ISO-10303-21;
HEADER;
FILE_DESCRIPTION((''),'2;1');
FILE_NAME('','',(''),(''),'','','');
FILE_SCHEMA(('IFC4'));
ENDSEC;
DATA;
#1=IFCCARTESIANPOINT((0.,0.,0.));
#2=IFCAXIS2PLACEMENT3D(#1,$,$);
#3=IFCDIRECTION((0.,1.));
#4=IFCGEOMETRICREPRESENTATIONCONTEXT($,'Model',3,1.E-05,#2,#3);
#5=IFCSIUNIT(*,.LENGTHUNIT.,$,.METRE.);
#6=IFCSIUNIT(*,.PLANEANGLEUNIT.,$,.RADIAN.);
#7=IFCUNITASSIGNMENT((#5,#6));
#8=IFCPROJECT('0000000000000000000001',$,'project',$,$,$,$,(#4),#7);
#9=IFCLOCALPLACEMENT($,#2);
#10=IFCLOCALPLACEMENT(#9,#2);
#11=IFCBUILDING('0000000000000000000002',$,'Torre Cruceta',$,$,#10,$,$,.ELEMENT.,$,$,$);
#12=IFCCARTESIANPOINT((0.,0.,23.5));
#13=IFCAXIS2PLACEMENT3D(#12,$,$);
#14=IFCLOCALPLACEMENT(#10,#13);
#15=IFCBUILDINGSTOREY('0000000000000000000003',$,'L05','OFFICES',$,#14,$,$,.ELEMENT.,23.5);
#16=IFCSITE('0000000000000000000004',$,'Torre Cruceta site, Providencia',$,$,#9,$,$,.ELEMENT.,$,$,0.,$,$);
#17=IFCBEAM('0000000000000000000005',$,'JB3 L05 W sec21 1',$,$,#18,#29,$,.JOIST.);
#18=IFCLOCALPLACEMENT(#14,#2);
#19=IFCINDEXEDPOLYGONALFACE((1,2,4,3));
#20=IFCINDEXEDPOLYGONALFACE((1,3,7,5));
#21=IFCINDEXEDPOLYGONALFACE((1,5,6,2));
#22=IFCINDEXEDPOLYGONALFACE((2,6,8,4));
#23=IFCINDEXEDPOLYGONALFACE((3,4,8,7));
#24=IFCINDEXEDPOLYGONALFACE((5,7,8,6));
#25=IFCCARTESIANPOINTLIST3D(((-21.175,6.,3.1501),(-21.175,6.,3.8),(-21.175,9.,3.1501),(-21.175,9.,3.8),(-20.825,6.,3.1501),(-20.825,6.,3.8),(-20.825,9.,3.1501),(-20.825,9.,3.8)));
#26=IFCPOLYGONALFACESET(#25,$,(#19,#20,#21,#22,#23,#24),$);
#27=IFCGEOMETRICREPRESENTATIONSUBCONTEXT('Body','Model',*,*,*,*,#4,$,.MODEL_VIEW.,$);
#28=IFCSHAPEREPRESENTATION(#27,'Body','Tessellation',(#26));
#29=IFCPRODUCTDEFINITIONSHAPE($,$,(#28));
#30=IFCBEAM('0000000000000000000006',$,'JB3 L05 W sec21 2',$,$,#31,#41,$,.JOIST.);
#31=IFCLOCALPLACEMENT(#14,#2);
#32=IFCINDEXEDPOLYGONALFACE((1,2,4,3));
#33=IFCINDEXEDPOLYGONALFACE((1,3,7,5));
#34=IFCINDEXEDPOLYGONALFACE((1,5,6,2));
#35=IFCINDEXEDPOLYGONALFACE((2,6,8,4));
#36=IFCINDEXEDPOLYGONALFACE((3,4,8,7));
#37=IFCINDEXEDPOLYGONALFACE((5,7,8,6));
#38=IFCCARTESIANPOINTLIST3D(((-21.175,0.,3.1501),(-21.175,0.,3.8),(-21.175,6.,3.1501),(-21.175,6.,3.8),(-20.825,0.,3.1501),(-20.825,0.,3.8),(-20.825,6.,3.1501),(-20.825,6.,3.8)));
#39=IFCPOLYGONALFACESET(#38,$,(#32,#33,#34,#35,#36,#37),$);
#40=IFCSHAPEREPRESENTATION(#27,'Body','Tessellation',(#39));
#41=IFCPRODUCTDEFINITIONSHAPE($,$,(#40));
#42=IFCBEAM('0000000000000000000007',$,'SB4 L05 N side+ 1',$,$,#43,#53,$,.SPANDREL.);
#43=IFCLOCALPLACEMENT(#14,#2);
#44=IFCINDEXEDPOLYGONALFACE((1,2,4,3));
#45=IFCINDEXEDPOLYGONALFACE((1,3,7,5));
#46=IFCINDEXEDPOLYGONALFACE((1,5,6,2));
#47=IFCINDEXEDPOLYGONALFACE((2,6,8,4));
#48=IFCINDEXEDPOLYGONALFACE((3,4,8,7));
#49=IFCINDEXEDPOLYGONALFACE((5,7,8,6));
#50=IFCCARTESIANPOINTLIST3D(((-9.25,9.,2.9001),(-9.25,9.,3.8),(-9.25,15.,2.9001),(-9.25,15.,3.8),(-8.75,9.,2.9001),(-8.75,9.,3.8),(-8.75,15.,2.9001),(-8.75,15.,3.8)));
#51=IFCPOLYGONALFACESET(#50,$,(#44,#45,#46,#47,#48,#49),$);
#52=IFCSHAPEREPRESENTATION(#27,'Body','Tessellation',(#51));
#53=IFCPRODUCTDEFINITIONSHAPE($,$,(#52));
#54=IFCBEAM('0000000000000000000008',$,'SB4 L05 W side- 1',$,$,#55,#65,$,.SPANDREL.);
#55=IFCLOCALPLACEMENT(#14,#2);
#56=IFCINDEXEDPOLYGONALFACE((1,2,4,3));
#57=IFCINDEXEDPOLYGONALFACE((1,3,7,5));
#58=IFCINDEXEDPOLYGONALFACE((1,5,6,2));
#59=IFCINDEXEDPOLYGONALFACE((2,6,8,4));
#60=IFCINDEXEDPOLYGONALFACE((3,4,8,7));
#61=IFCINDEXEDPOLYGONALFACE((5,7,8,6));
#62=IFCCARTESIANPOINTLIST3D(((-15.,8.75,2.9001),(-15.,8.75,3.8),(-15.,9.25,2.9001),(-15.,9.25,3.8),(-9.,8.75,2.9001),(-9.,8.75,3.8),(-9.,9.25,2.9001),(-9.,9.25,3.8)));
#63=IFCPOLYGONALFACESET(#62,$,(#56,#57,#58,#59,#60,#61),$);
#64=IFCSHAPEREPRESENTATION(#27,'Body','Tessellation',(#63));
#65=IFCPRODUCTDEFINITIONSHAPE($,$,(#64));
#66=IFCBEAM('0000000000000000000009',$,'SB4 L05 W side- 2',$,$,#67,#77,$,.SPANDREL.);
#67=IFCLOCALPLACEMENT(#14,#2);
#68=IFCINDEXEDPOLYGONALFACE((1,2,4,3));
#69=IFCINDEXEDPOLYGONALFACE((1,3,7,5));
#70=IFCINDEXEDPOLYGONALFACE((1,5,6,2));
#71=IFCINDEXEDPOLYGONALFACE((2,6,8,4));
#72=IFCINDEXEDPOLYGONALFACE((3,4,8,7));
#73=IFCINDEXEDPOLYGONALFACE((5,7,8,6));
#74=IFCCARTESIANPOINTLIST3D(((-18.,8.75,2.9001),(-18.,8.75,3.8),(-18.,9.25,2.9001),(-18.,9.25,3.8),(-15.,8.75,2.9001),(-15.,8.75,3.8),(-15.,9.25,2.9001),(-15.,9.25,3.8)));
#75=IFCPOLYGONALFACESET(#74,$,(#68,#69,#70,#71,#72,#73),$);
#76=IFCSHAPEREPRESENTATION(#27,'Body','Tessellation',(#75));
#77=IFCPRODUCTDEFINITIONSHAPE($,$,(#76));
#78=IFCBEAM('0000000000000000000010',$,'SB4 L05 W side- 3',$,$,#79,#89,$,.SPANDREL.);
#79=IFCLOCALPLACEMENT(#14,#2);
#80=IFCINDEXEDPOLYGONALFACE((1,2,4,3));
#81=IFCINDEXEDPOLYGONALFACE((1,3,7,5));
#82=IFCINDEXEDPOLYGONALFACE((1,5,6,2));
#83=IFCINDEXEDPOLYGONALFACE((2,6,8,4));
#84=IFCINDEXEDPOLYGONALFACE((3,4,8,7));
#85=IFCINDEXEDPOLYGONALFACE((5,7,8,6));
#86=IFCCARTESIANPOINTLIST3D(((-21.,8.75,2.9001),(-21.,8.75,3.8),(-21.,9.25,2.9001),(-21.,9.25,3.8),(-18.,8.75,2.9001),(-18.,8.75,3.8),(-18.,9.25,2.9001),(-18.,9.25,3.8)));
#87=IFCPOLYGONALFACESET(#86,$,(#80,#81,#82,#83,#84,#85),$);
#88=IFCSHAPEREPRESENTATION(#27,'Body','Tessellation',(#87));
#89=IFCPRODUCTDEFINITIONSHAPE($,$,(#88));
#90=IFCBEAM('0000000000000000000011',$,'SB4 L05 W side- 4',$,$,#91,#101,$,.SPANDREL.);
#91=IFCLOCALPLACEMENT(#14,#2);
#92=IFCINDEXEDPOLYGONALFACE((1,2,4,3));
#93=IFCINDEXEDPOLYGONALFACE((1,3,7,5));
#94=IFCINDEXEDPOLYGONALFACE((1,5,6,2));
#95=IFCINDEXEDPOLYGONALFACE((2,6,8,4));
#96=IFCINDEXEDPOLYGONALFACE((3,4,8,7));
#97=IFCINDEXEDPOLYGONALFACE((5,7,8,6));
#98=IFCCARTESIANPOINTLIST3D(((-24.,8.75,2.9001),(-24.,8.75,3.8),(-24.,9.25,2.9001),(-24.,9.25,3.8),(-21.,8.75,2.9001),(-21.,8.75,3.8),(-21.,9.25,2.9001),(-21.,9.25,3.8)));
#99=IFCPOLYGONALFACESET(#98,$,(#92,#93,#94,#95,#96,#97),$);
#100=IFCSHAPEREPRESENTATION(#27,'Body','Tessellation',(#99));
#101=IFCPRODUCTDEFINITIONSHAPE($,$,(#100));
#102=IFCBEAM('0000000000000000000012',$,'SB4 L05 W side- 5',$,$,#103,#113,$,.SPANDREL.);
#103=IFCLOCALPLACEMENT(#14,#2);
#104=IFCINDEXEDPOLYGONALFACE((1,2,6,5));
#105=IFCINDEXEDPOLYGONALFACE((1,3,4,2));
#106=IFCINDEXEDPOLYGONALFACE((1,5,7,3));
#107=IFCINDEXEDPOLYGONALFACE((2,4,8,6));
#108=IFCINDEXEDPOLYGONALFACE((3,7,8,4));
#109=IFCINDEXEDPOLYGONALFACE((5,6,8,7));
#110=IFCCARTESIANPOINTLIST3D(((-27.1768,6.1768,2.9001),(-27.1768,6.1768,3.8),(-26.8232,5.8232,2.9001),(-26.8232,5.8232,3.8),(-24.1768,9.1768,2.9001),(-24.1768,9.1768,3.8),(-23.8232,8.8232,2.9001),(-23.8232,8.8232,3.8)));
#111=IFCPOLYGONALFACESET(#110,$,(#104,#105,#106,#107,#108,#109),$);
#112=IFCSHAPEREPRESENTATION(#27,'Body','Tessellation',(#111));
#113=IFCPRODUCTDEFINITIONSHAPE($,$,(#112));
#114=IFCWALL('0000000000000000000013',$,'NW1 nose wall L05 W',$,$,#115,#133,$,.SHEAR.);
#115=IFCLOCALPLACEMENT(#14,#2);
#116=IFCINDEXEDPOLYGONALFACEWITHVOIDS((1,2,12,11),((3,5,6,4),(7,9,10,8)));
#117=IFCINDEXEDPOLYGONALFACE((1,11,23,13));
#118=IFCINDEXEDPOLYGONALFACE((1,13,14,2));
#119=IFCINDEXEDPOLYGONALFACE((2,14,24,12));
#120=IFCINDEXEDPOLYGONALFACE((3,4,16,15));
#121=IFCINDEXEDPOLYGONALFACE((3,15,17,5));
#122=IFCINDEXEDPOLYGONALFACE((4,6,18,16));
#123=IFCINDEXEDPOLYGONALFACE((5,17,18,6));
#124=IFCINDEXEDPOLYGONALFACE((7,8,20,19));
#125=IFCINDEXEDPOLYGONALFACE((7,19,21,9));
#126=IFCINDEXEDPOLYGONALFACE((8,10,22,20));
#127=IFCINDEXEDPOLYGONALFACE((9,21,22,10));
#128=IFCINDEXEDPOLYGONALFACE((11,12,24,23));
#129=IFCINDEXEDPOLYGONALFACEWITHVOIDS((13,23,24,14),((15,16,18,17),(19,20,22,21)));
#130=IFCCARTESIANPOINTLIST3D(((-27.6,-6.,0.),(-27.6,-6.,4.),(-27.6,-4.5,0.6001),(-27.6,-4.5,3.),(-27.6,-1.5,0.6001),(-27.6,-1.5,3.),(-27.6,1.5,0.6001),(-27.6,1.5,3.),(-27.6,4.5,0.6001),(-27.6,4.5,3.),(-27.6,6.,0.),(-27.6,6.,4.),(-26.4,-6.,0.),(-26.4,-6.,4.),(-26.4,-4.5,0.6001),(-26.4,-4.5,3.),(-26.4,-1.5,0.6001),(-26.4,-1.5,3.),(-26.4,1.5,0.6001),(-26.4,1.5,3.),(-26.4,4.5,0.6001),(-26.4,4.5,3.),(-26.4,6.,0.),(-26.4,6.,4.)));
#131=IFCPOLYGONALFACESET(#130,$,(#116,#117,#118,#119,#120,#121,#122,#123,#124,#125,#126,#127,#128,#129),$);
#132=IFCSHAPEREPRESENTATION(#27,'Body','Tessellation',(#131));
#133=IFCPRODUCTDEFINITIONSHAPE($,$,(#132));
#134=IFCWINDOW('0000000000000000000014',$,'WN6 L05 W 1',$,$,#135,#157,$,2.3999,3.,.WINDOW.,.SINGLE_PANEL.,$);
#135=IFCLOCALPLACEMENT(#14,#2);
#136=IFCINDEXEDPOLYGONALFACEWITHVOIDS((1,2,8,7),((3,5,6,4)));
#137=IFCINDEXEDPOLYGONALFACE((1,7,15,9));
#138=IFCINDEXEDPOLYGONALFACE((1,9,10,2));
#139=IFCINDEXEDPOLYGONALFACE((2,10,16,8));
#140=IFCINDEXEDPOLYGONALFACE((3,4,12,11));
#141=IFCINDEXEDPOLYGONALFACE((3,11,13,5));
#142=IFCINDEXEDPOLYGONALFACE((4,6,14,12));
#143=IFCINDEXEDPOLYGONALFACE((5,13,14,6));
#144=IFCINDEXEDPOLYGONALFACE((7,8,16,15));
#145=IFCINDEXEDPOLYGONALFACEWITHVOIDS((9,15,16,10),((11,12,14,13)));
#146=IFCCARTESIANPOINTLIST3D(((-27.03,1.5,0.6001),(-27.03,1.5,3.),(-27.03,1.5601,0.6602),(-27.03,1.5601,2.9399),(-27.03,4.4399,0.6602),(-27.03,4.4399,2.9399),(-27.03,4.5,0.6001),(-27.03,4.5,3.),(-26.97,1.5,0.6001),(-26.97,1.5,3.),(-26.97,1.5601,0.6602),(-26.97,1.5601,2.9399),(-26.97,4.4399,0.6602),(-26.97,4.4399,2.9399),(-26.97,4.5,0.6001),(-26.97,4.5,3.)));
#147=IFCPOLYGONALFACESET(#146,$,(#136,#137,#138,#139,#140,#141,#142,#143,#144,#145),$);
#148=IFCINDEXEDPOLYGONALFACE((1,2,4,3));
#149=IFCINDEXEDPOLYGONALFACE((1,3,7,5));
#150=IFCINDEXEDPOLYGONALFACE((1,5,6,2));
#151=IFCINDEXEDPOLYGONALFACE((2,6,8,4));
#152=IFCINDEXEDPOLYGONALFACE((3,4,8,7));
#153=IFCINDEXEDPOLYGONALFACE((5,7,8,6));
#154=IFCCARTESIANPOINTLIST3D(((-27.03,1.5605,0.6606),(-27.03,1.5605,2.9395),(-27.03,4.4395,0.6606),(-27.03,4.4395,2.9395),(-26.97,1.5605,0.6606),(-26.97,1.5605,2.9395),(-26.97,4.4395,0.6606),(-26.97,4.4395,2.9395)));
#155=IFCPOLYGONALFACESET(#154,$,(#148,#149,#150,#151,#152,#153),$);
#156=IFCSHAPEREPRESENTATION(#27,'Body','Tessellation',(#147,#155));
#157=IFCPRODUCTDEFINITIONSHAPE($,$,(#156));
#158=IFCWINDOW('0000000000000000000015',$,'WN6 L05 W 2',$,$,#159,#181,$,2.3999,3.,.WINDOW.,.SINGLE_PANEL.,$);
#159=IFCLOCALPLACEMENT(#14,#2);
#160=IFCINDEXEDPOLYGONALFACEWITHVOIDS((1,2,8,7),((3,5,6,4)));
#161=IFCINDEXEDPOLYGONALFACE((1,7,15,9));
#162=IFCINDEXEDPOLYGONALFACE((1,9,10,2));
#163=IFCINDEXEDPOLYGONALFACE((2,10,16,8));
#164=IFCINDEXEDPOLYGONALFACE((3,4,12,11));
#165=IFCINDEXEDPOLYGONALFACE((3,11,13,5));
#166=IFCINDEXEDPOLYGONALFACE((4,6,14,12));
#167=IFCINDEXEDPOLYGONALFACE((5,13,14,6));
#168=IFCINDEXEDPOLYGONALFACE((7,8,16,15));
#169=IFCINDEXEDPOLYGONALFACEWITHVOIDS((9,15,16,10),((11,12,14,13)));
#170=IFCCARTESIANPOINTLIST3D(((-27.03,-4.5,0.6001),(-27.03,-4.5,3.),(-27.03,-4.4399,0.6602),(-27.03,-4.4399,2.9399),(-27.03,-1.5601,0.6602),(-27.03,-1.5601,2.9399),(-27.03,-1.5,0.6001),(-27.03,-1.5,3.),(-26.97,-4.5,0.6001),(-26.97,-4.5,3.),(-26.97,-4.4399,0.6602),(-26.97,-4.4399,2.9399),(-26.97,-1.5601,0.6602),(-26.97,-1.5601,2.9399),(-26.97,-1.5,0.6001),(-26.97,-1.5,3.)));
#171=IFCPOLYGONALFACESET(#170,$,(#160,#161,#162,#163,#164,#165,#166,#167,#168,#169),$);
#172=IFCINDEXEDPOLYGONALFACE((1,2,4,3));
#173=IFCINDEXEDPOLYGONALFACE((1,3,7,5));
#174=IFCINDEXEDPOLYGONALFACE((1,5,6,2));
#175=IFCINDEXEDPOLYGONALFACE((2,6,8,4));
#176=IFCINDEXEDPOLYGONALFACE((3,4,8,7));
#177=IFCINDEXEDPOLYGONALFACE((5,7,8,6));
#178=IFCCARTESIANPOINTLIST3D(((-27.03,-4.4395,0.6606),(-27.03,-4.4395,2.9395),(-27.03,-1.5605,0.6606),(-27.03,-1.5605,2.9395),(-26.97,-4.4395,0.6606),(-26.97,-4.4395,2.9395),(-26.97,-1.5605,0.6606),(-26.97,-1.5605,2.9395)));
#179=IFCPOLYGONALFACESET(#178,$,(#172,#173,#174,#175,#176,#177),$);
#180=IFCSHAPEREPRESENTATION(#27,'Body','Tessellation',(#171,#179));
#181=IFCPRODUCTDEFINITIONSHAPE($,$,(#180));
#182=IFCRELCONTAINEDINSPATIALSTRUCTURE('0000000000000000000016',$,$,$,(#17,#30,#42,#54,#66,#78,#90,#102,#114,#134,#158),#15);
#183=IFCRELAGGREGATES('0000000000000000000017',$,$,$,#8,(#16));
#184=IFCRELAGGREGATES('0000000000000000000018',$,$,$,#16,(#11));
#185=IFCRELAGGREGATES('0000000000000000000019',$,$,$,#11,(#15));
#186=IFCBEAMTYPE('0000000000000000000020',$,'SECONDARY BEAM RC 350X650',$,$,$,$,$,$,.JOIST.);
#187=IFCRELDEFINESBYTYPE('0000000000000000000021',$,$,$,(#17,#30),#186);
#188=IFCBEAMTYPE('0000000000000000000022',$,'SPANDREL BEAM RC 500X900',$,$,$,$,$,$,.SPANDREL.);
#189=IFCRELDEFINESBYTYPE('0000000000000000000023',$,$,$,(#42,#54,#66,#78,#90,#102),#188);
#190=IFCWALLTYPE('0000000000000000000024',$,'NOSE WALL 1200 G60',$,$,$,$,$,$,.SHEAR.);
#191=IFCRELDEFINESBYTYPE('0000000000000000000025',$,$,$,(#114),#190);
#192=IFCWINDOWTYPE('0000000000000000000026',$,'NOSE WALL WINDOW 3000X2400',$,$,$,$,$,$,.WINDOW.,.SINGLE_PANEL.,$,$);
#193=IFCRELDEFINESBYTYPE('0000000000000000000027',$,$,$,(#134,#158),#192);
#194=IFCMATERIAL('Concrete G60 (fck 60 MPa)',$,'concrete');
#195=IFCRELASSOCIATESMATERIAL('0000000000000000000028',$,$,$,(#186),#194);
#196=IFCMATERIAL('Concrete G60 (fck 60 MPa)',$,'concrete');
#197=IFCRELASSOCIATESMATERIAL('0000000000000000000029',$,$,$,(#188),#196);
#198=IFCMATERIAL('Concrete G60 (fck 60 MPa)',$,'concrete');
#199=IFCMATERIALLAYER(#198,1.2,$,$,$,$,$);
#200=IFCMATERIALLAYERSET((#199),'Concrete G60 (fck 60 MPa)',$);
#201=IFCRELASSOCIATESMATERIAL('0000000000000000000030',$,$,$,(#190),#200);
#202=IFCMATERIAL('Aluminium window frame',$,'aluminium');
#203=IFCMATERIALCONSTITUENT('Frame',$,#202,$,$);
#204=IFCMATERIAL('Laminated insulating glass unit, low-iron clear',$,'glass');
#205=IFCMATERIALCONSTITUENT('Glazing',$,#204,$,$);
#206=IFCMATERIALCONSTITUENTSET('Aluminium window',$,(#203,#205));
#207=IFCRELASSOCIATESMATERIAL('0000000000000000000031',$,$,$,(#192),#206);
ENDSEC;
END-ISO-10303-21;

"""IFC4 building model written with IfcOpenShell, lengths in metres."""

from ifc_helpers import new_model, si_unit, direction, frame, frame_2d, origin, origin_2d, place, context, subcontext, project, spatial, rectangle, hollow_rectangle, extrude, material, layer, layer_set, constituent, constituent_set, material_profile, profile_set, type_object, element, fill, save


model = new_model("IFC4")

# Units and contexts
model_context = context("Model", 3, precision=1e-05, world=origin(), true_north=direction((0.0, 1.0)))
body_context = subcontext(model_context, "Body", "Model", "MODEL_VIEW")
ifc_project = project(units=[si_unit("LENGTHUNIT", "METRE"), si_unit("PLANEANGLEUNIT", "RADIAN")], contexts=[model_context])

# Site, building, storey
site_placement = place(None, origin())
site = spatial("IfcSite", under=ifc_project, at=site_placement, Name="Torre Cruceta site, Providencia", CompositionType="ELEMENT", RefElevation=0.0)
building_placement = place(site_placement, origin())
building = spatial("IfcBuilding", under=site, at=building_placement, Name="Torre Cruceta", CompositionType="ELEMENT")
storey_placement = place(building_placement, frame((0.0, 0.0, 23.5)))
storey = spatial("IfcBuildingStorey", under=building, at=storey_placement, Name="L05", Description="OFFICES", CompositionType="ELEMENT", Elevation=23.5)

# Beams
ifc_material_1 = material(Name="Concrete G60 (fck 60 MPa)", Category="concrete")
ifc_material_profile_1 = material_profile(ifc_material_1, rectangle(XDim=0.3501, YDim=0.6499, at=origin_2d()), Name="RC 350X650")
ifc_profile_set_1 = profile_set([ifc_material_profile_1], Name="Concrete G60 (fck 60 MPa)")
beam_type_1 = type_object("IfcBeamType", Name="SECONDARY BEAM RC 350X650", PredefinedType="JOIST", material=ifc_profile_set_1)
beam_1_placement = place(storey_placement, frame((-21.0, 9.0, 3.4751), z_axis=(0.0, -1.0, 0.0), x_axis=(1.0, 0.0, 0.0)))
element("IfcBeam", 1, at=beam_1_placement, inside=storey, type_object=beam_type_1, Name="JB3 L05 W sec21 1", PredefinedType="JOIST", context=body_context, shape_type="SweptSolid", body=[
    extrude(rectangle(XDim=0.3501, YDim=0.6499, at=origin_2d()), origin(), (0.0, 0.0, 1.0), 3.0),
])
beam_2_placement = place(storey_placement, frame((-21.0, 6.0, 3.4751), z_axis=(0.0, -1.0, 0.0), x_axis=(1.0, 0.0, 0.0)))
element("IfcBeam", 2, at=beam_2_placement, inside=storey, type_object=beam_type_1, Name="JB3 L05 W sec21 2", PredefinedType="JOIST", context=body_context, shape_type="SweptSolid", body=[
    extrude(rectangle(XDim=0.3501, YDim=0.6499, at=origin_2d()), origin(), (0.0, 0.0, 1.0), 6.0),
])
ifc_material_2 = material(Name="Concrete G60 (fck 60 MPa)", Category="concrete")
ifc_material_profile_2 = material_profile(ifc_material_2, rectangle(XDim=0.5, YDim=0.8999, at=origin_2d()), Name="RC 500X900")
ifc_profile_set_2 = profile_set([ifc_material_profile_2], Name="Concrete G60 (fck 60 MPa)")
beam_type_2 = type_object("IfcBeamType", Name="SPANDREL BEAM RC 500X900", PredefinedType="SPANDREL", material=ifc_profile_set_2)
for number, where, z_axis, x_axis, name in (
    (3, (-9.0, 9.0, 3.3501), (0.0, 1.0, 0.0), (-1.0, 0.0, 0.0), "SB4 L05 N side+ 1"),
    (4, (-9.0, 9.0, 3.3501), (-1.0, 0.0, 0.0), (0.0, -1.0, 0.0), "SB4 L05 W side- 1"),
):
    element("IfcBeam", number, at=place(storey_placement, frame(where, z_axis=z_axis, x_axis=x_axis)), inside=storey, type_object=beam_type_2, Name=name, PredefinedType="SPANDREL", context=body_context, shape_type="SweptSolid", body=[
        extrude(rectangle(XDim=0.5, YDim=0.8999, at=origin_2d()), origin(), (0.0, 0.0, 1.0), 6.0),
    ])
for number, where, z_axis, x_axis, name in (
    (5, (-15.0, 9.0, 3.3501), (-1.0, 0.0, 0.0), (0.0, -1.0, 0.0), "SB4 L05 W side- 2"),
    (6, (-18.0, 9.0, 3.3501), (-1.0, 0.0, 0.0), (0.0, -1.0, 0.0), "SB4 L05 W side- 3"),
    (7, (-21.0, 9.0, 3.3501), (-1.0, 0.0, 0.0), (0.0, -1.0, 0.0), "SB4 L05 W side- 4"),
):
    element("IfcBeam", number, at=place(storey_placement, frame(where, z_axis=z_axis, x_axis=x_axis)), inside=storey, type_object=beam_type_2, Name=name, PredefinedType="SPANDREL", context=body_context, shape_type="SweptSolid", body=[
        extrude(rectangle(XDim=0.5, YDim=0.8999, at=origin_2d()), origin(), (0.0, 0.0, 1.0), 3.0),
    ])
beam_3_placement = place(storey_placement, frame((-24.0, 9.0, 3.3501), z_axis=(-0.707107, -0.707107, 0.0), x_axis=(0.707107, -0.707107, 0.0)))
element("IfcBeam", 8, at=beam_3_placement, inside=storey, type_object=beam_type_2, Name="SB4 L05 W side- 5", PredefinedType="SPANDREL", context=body_context, shape_type="SweptSolid", body=[
    extrude(rectangle(XDim=0.5, YDim=0.8999, at=origin_2d()), origin(), (0.0, 0.0, 1.0), 4.2427),
])

# Wall, openings, windows
ifc_material_3 = material(Name="Concrete G60 (fck 60 MPa)", Category="concrete")
ifc_layer_1 = layer(ifc_material_3, 1.2)
ifc_layer_set_1 = layer_set([ifc_layer_1], Name="Concrete G60 (fck 60 MPa)")
wall_type_1 = type_object("IfcWallType", Name="NOSE WALL 1200 G60", PredefinedType="SHEAR", material=ifc_layer_set_1)
wall_1_placement = place(storey_placement, frame((-27.0, 6.0, 0.0), z_axis=(0.0, 0.0, 1.0), x_axis=(0.0, -1.0, 0.0)))
wall_1 = element("IfcWall", 9, at=wall_1_placement, inside=storey, type_object=wall_type_1, Name="NW1 nose wall L05 W", PredefinedType="SHEAR", context=body_context, shape_type="SweptSolid", body=[
    extrude(rectangle(XDim=12.0, YDim=1.2, at=frame_2d((6.0, 0.0))), origin(), (0.0, 0.0, 1.0), 4.0),
])
opening_1_placement = place(wall_1_placement, frame((1.5, 0.0, 0.6001)))
opening_1 = element("IfcOpeningElement", 10, at=opening_1_placement, cuts=wall_1, PredefinedType="OPENING", context=body_context, shape_type="SweptSolid", body=[
    extrude(rectangle(XDim=3.0, YDim=2.3999, at=frame_2d((1.5, 1.2))), frame((0.0, 0.6099, 0.0), z_axis=(0.0, -1.0, 0.0), x_axis=(1.0, 0.0, 0.0)), (0.0, 0.0, 1.0), 1.22),
])
opening_2_placement = place(wall_1_placement, frame((7.5, 0.0, 0.6001)))
opening_2 = element("IfcOpeningElement", 11, at=opening_2_placement, cuts=wall_1, PredefinedType="OPENING", context=body_context, shape_type="SweptSolid", body=[
    extrude(rectangle(XDim=3.0, YDim=2.3999, at=frame_2d((1.5, 1.2))), frame((0.0, 0.6099, 0.0), z_axis=(0.0, -1.0, 0.0), x_axis=(1.0, 0.0, 0.0)), (0.0, 0.0, 1.0), 1.22),
])
ifc_material_4 = material(Name="Aluminium window frame", Category="aluminium")
ifc_constituent_1 = constituent(ifc_material_4, Name="Frame")
ifc_material_5 = material(Name="Laminated insulating glass unit, low-iron clear", Category="glass")
ifc_constituent_2 = constituent(ifc_material_5, Name="Glazing")
ifc_constituent_set_1 = constituent_set(constituents=[ifc_constituent_1, ifc_constituent_2], Name="Aluminium window")
window_type = type_object("IfcWindowType", Name="NOSE WALL WINDOW 3000X2400", PartitioningType="SINGLE_PANEL", PredefinedType="WINDOW", material=ifc_constituent_set_1)
window_1_placement = place(opening_1_placement, origin())
window_1 = element("IfcWindow", 12, at=window_1_placement, inside=storey, type_object=window_type, Name="WN6 L05 W 1", OverallHeight=2.3999, OverallWidth=3.0, PartitioningType="SINGLE_PANEL", PredefinedType="WINDOW", context=body_context, shape_type="SweptSolid", body=[
    extrude(hollow_rectangle(XDim=3.0, YDim=2.3999, WallThickness=0.0601, at=frame_2d((1.5, 1.2))), frame((0.0, 0.03, 0.0), z_axis=(0.0, -1.0, 0.0), x_axis=(1.0, 0.0, 0.0)), (0.0, 0.0, 1.0), 0.0601),
    extrude(rectangle(XDim=2.8789, YDim=2.2788, at=frame_2d((1.5, 1.2))), frame((0.0, 0.03, 0.0), z_axis=(0.0, -1.0, 0.0), x_axis=(1.0, 0.0, 0.0)), (0.0, 0.0, 1.0), 0.0601),
])
fill(opening_1, window_1)
window_2_placement = place(opening_2_placement, origin())
window_2 = element("IfcWindow", 13, at=window_2_placement, inside=storey, type_object=window_type, Name="WN6 L05 W 2", OverallHeight=2.3999, OverallWidth=3.0, PartitioningType="SINGLE_PANEL", PredefinedType="WINDOW", context=body_context, shape_type="SweptSolid", body=[
    extrude(hollow_rectangle(XDim=3.0, YDim=2.3999, WallThickness=0.0601, at=frame_2d((1.5, 1.2))), frame((0.0, 0.03, 0.0), z_axis=(0.0, -1.0, 0.0), x_axis=(1.0, 0.0, 0.0)), (0.0, 0.0, 1.0), 0.0601),
    extrude(rectangle(XDim=2.8789, YDim=2.2788, at=frame_2d((1.5, 1.2))), frame((0.0, 0.03, 0.0), z_axis=(0.0, -1.0, 0.0), x_axis=(1.0, 0.0, 0.0)), (0.0, 0.0, 1.0), 0.0601),
])
fill(opening_2, window_2)

save(model, "model.ifc")
